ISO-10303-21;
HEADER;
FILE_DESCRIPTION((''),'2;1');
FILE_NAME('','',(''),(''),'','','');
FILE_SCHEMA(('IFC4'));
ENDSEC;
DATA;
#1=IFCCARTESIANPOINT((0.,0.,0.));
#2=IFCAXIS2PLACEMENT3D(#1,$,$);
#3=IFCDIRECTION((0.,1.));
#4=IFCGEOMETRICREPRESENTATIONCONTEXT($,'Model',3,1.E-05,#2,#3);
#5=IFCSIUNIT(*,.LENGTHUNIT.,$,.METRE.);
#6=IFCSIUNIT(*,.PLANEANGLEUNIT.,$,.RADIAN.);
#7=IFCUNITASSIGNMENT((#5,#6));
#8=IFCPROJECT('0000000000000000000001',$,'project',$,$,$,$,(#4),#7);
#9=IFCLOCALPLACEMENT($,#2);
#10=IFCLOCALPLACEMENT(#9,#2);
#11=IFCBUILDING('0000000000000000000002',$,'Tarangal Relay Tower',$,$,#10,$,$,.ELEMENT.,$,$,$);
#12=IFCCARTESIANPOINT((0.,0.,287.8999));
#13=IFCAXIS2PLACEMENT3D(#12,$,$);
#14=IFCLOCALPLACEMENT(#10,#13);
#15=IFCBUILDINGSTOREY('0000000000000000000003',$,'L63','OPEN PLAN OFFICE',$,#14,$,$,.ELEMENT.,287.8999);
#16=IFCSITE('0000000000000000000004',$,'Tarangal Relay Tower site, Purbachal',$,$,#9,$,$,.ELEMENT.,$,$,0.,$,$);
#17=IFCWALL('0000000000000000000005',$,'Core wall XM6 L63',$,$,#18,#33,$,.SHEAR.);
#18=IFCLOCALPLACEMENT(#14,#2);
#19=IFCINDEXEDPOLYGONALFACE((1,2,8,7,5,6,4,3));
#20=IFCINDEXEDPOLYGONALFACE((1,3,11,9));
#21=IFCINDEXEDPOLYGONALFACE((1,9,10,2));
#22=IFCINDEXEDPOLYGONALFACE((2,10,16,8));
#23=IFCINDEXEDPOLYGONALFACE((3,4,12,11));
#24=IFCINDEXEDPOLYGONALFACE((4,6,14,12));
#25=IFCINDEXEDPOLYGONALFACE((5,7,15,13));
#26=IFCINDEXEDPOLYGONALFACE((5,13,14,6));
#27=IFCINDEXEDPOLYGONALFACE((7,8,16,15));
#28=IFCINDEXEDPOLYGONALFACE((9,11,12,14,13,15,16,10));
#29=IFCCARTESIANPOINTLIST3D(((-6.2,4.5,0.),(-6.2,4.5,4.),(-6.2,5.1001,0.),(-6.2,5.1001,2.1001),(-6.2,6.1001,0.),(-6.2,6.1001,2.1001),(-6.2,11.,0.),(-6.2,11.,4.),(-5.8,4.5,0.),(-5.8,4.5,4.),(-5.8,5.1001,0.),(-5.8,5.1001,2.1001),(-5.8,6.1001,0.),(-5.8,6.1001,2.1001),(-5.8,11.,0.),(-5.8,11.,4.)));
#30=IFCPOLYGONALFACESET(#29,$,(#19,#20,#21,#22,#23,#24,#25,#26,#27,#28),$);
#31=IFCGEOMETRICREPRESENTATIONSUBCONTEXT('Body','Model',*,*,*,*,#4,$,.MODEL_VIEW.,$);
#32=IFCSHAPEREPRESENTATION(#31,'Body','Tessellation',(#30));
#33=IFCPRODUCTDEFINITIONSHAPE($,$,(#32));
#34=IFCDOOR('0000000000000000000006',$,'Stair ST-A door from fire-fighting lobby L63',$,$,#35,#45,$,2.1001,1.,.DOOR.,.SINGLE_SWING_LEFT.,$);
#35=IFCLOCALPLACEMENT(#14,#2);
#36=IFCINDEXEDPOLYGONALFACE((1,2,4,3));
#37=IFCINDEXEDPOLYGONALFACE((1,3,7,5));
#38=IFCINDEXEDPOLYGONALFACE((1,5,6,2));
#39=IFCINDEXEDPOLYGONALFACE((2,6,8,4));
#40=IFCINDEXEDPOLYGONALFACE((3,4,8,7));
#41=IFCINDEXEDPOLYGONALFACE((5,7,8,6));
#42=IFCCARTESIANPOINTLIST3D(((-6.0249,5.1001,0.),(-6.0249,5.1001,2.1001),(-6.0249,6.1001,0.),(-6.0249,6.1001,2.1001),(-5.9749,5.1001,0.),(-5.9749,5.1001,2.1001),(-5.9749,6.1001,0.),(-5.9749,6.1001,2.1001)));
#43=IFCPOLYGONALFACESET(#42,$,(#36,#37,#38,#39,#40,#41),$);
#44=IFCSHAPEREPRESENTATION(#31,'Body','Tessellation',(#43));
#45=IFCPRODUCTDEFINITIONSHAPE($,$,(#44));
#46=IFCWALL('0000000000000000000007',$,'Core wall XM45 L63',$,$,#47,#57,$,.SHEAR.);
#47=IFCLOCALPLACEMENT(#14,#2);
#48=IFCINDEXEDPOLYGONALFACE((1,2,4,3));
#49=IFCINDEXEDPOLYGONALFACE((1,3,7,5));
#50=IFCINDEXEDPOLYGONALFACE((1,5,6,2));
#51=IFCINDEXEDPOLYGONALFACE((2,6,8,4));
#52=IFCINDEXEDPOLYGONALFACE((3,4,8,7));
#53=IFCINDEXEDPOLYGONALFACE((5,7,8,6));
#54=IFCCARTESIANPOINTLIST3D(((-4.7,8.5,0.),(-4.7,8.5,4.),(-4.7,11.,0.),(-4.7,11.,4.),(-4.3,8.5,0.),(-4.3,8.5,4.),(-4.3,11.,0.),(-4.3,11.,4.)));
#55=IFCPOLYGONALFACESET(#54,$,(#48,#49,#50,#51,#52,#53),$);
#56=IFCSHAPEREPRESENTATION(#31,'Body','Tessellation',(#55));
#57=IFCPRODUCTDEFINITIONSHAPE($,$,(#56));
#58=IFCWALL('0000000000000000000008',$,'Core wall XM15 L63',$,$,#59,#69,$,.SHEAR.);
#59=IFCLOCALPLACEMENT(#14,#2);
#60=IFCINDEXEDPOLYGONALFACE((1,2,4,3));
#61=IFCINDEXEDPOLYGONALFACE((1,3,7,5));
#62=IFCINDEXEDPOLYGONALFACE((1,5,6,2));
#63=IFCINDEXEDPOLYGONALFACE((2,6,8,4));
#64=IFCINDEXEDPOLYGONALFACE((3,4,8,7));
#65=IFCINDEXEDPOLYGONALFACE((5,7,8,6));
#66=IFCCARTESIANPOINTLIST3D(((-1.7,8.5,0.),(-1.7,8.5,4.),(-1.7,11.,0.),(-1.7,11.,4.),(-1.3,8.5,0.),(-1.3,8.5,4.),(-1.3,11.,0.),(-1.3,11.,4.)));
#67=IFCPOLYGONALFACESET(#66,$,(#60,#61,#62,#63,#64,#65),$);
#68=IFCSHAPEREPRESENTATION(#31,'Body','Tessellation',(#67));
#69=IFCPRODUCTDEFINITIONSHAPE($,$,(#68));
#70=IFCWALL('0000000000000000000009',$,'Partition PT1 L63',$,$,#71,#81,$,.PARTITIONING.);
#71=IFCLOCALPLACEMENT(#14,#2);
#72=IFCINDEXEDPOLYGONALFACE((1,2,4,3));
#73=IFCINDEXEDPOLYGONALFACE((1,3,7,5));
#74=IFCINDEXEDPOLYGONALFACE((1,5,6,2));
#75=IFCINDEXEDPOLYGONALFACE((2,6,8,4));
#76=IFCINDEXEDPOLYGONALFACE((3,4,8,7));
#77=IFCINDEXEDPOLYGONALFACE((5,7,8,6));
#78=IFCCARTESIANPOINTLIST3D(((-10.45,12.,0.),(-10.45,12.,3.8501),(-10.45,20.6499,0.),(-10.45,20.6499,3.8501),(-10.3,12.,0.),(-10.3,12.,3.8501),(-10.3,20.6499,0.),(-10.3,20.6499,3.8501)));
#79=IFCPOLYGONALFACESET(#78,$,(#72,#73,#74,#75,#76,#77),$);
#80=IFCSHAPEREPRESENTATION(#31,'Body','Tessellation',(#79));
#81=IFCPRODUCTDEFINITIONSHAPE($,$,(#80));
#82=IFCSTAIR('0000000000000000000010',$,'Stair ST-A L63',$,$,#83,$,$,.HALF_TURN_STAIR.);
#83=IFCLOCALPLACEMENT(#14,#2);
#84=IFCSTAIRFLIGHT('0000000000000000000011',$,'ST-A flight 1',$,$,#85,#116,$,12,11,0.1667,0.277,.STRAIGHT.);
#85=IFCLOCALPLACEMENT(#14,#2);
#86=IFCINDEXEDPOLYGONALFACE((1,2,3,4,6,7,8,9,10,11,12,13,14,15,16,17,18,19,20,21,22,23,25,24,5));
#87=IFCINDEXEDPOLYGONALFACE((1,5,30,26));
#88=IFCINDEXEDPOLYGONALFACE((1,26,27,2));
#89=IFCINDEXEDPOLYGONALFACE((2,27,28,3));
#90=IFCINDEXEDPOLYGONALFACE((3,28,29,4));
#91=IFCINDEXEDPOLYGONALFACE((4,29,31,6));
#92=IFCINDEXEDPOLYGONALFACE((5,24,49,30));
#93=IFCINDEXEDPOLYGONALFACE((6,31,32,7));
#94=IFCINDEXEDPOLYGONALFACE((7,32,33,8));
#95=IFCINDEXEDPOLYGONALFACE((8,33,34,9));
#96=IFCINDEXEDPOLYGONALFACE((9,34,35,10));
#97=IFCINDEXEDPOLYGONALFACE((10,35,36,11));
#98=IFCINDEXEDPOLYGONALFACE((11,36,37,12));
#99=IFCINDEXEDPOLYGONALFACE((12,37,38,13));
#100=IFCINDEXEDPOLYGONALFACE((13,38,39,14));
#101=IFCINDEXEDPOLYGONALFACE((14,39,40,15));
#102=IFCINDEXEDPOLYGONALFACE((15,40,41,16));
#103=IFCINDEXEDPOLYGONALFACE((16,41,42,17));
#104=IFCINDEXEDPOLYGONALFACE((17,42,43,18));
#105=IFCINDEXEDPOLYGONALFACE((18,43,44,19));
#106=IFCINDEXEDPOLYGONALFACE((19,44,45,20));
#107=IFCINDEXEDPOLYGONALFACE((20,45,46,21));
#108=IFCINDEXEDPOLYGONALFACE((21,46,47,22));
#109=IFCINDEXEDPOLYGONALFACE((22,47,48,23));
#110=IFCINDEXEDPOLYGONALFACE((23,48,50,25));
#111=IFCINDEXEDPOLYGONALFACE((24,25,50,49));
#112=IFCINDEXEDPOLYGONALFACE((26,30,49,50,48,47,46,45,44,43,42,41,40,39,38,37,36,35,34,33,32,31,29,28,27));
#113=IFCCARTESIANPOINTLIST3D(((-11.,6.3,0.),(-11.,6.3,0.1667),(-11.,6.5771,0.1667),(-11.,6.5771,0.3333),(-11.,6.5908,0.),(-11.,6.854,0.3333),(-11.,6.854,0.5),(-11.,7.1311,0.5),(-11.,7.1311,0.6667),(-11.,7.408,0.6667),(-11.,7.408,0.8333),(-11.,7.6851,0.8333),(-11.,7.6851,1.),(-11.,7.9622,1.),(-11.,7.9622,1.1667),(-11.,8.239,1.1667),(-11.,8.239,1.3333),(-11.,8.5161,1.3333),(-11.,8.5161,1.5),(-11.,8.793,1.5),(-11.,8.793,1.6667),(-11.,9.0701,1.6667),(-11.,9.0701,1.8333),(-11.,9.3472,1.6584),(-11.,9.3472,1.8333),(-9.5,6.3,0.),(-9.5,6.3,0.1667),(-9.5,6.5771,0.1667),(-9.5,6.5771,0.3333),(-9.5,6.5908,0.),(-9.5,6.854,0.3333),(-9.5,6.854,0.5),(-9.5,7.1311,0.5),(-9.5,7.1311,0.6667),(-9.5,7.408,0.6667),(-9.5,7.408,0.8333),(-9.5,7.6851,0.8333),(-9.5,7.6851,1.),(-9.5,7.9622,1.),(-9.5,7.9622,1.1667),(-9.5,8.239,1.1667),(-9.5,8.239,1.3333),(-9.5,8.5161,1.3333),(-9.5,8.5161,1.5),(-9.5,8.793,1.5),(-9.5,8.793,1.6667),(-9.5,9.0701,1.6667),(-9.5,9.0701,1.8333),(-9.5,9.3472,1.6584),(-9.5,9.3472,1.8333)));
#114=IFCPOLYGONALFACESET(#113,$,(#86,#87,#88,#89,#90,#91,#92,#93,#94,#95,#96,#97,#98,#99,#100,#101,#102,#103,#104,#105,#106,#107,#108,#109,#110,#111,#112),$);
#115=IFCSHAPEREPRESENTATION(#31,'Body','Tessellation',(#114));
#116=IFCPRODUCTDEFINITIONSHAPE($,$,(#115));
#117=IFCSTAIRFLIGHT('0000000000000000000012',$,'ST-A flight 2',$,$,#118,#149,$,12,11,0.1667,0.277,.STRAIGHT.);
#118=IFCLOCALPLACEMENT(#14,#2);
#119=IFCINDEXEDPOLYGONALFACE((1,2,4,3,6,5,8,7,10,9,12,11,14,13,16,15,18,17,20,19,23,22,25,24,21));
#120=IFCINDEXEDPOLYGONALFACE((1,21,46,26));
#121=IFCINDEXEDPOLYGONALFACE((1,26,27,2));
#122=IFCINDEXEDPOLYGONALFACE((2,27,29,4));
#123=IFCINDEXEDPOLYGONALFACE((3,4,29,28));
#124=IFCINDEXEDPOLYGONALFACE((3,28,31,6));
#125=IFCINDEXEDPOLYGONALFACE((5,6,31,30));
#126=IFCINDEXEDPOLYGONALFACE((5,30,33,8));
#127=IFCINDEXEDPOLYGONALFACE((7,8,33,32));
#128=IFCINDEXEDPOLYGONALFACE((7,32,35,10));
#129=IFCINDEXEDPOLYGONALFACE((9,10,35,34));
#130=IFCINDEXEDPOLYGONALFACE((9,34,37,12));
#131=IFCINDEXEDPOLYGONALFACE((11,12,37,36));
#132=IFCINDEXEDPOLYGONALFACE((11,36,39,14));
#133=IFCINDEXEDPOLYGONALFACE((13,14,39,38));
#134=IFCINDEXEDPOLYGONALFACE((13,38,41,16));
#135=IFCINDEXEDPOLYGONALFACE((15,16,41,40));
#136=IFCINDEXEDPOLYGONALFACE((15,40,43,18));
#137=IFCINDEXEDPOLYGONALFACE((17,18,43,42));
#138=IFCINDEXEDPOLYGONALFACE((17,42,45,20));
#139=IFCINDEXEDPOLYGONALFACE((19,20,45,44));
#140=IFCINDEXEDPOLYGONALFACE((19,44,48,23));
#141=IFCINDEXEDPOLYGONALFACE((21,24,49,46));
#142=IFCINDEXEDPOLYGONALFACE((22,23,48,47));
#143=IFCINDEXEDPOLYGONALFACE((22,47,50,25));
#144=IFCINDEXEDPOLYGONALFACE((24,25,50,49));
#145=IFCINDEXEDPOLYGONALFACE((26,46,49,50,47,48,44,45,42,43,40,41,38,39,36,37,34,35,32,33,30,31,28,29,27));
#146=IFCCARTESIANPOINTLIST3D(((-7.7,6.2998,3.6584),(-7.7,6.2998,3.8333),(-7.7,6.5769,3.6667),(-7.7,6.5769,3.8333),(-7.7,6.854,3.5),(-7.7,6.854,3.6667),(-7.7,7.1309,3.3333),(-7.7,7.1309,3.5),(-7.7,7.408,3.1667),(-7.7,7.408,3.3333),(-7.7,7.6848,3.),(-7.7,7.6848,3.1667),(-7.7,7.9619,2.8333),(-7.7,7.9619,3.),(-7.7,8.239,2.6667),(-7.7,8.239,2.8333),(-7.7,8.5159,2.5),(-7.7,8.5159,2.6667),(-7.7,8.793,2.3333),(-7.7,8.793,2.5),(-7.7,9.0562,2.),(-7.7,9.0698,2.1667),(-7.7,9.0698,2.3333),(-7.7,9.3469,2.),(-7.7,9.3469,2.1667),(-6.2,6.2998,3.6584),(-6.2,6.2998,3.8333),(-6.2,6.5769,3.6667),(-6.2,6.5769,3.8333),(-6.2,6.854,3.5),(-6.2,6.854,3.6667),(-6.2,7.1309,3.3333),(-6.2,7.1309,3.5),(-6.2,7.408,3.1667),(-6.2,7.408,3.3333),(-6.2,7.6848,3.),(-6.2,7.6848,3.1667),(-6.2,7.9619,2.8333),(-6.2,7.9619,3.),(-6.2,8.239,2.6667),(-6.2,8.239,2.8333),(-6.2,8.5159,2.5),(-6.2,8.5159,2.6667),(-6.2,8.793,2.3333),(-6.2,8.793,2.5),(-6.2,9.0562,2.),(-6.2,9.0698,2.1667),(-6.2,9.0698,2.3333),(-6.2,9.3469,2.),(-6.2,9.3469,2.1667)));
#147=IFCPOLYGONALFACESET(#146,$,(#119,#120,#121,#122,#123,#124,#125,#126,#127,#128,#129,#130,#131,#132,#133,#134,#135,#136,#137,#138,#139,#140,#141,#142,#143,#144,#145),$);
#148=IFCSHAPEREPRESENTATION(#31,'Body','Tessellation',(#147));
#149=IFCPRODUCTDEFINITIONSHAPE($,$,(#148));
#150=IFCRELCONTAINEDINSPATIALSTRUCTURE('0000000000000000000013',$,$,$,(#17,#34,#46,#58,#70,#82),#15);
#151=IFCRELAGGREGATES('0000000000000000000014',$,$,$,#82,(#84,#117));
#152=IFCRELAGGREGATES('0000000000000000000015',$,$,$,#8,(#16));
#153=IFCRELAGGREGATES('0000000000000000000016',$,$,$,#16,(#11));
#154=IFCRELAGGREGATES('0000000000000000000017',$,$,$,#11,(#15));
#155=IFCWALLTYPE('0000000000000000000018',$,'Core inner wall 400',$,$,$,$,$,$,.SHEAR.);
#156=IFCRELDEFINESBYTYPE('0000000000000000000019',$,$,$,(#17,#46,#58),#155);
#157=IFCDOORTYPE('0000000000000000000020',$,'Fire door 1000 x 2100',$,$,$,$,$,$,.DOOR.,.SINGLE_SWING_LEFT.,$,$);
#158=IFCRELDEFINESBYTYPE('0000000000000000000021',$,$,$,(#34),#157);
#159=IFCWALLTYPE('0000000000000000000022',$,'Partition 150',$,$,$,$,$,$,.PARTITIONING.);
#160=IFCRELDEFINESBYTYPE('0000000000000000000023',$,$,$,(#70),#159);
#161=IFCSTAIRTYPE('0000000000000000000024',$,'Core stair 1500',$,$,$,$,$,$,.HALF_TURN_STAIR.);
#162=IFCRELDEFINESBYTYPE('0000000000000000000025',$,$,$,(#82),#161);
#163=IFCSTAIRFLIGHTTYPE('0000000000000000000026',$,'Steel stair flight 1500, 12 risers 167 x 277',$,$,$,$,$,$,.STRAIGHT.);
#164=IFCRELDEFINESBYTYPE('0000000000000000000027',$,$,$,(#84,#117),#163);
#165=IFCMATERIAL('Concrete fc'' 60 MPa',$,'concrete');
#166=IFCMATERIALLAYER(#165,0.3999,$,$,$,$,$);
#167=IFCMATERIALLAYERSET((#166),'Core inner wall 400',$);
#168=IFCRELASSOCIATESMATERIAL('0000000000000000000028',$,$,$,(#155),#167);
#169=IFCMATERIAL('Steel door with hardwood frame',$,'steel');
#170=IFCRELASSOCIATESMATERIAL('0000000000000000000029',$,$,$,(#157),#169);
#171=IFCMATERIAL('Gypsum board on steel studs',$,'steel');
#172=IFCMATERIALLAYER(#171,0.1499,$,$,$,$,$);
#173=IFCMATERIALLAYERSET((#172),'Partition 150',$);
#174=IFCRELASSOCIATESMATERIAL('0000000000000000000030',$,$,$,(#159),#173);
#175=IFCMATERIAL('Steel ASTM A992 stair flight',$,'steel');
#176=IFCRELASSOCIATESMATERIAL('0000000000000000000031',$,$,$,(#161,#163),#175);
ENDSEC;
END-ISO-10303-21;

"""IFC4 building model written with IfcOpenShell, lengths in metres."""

from ifc_helpers import new_model, si_unit, direction, frame, frame_2d, origin, place, context, subcontext, project, spatial, polyline, rectangle, outline, extrude, material, layer, layer_set, type_object, element, fill, aggregate, save


model = new_model("IFC4")

# Units and contexts
model_context = context("Model", 3, precision=1e-05, world=origin(), true_north=direction((0.0, 1.0)))
body_context = subcontext(model_context, "Body", "Model", "MODEL_VIEW")
ifc_project = project(units=[si_unit("LENGTHUNIT", "METRE"), si_unit("PLANEANGLEUNIT", "RADIAN")], contexts=[model_context])

# Site, building, storey
site_placement = place(None, origin())
site = spatial("IfcSite", under=ifc_project, at=site_placement, Name="Tarangal Relay Tower site, Purbachal", CompositionType="ELEMENT", RefElevation=0.0)
building_placement = place(site_placement, origin())
building = spatial("IfcBuilding", under=site, at=building_placement, Name="Tarangal Relay Tower", CompositionType="ELEMENT")
storey_placement = place(building_placement, frame((0.0, 0.0, 287.8999)))
storey = spatial("IfcBuildingStorey", under=building, at=storey_placement, Name="L63", Description="OPEN PLAN OFFICE", CompositionType="ELEMENT", Elevation=287.8999)

# Shared definitions
ifc_material_1 = material(Name="Concrete fc' 60 MPa", Category="concrete")
ifc_layer_1 = layer(ifc_material_1, 0.3999)
ifc_layer_set_1 = layer_set([ifc_layer_1], Name="Core inner wall 400")
wall_type_1 = type_object("IfcWallType", Name="Core inner wall 400", PredefinedType="SHEAR", material=ifc_layer_set_1)
ifc_material_2 = material(Name="Steel door with hardwood frame", Category="steel")

# Wall, opening, door
wall_1_placement = place(storey_placement, frame((-6.0, 4.5, 0.0), z_axis=(0.0, 0.0, 1.0), x_axis=(0.0, 1.0, 0.0)))
wall_1 = element("IfcWall", 1, at=wall_1_placement, inside=storey, type_object=wall_type_1, Name="Core wall XM6 L63", PredefinedType="SHEAR", context=body_context, shape_type="SweptSolid", body=[
    extrude(rectangle(XDim=6.5, YDim=0.3999, at=frame_2d((3.25, 0.0))), origin(), (0.0, 0.0, 1.0), 4.0),
])
opening_1_placement = place(wall_1_placement, frame((0.6001, 0.0, 0.0)))
opening_1 = element("IfcOpeningElement", 2, at=opening_1_placement, cuts=wall_1, PredefinedType="OPENING", context=body_context, shape_type="SweptSolid", body=[
    extrude(rectangle(XDim=1.0, YDim=2.1001, at=frame_2d((0.5, 1.05))), frame((0.0, 0.21, 0.0), z_axis=(0.0, -1.0, 0.0), x_axis=(1.0, 0.0, 0.0)), (0.0, 0.0, 1.0), 0.4199),
])
door_type_1 = type_object("IfcDoorType", Name="Fire door 1000 x 2100", OperationType="SINGLE_SWING_LEFT", PredefinedType="DOOR", material=ifc_material_2)
door_1_placement = place(opening_1_placement, origin())
door_1 = element("IfcDoor", 3, at=door_1_placement, inside=storey, type_object=door_type_1, Name="Stair ST-A door from fire-fighting lobby L63", OperationType="SINGLE_SWING_LEFT", OverallHeight=2.1001, OverallWidth=1.0, PredefinedType="DOOR", context=body_context, shape_type="SweptSolid", body=[
    extrude(rectangle(XDim=1.0, YDim=2.1001, at=frame_2d((0.5, 1.05))), frame((0.0, 0.0249, 0.0), z_axis=(0.0, -1.0, 0.0), x_axis=(1.0, 0.0, 0.0)), (0.0, 0.0, 1.0), 0.05),
])
fill(opening_1, door_1)

# Walls
for number, where, z_axis, x_axis, name in (
    (4, (-4.5, 8.5, 0.0), (0.0, 0.0, 1.0), (0.0, 1.0, 0.0), "Core wall XM45 L63"),
    (5, (-1.5, 8.5, 0.0), (0.0, 0.0, 1.0), (0.0, 1.0, 0.0), "Core wall XM15 L63"),
):
    element("IfcWall", number, at=place(storey_placement, frame(where, z_axis=z_axis, x_axis=x_axis)), inside=storey, type_object=wall_type_1, Name=name, PredefinedType="SHEAR", context=body_context, shape_type="SweptSolid", body=[
        extrude(rectangle(XDim=2.5, YDim=0.3999, at=frame_2d((1.25, 0.0))), origin(), (0.0, 0.0, 1.0), 4.0),
    ])
ifc_material_3 = material(Name="Gypsum board on steel studs", Category="steel")
ifc_layer_2 = layer(ifc_material_3, 0.1499)
ifc_layer_set_2 = layer_set([ifc_layer_2], Name="Partition 150")
wall_type_2 = type_object("IfcWallType", Name="Partition 150", PredefinedType="PARTITIONING", material=ifc_layer_set_2)
wall_2_placement = place(storey_placement, frame((-10.375, 12.0, 0.0), z_axis=(0.0, 0.0, 1.0), x_axis=(0.0, 1.0, 0.0)))
element("IfcWall", 6, at=wall_2_placement, inside=storey, type_object=wall_type_2, Name="Partition PT1 L63", PredefinedType="PARTITIONING", context=body_context, shape_type="SweptSolid", body=[
    extrude(rectangle(XDim=8.6499, YDim=0.1499, at=frame_2d((4.325, 0.0))), origin(), (0.0, 0.0, 1.0), 3.8501),
])

# Stair, stair flights
ifc_material_4 = material(Name="Steel ASTM A992 stair flight", Category="steel")
stair_type = type_object("IfcStairType", Name="Core stair 1500", PredefinedType="HALF_TURN_STAIR", material=ifc_material_4)
stair_placement = place(storey_placement, origin())
stair = element("IfcStair", 7, at=stair_placement, inside=storey, type_object=stair_type, Name="Stair ST-A L63", PredefinedType="HALF_TURN_STAIR")
stair_flight_type = type_object("IfcStairFlightType", Name="Steel stair flight 1500, 12 risers 167 x 277", PredefinedType="STRAIGHT", material=ifc_material_4)
stair_flight_1_placement = place(storey_placement, frame((-10.25, 6.3, 0.0), z_axis=(0.0, 0.0, 1.0), x_axis=(0.0, 1.0, 0.0)))
stair_flight_1 = element("IfcStairFlight", 8, at=stair_flight_1_placement, type_object=stair_flight_type, Name="ST-A flight 1", NumberOfRisers=12, NumberOfTreads=11, PredefinedType="STRAIGHT", RiserHeight=0.1667, TreadLength=0.277, context=body_context, shape_type="SweptSolid", body=[
    extrude(outline(polyline([(0.0, 0.0), (0.0, 0.1667), (0.2771, 0.1667), (0.2771, 0.3333), (0.554, 0.3333), (0.554, 0.5), (0.8311, 0.5), (0.8311, 0.6667), (1.1079, 0.6667), (1.1079, 0.8333), (1.385, 0.8333), (1.385, 1.0), (1.6621, 1.0), (1.6621, 1.1667), (1.939, 1.1667), (1.939, 1.3333), (2.2161, 1.3333), (2.2161, 1.5), (2.4929, 1.5), (2.4929, 1.6667), (2.77, 1.6667), (2.77, 1.8333), (3.0471, 1.8333), (3.0471, 2.0), (3.0471, 1.6584), (0.2908, 0.0), (0.0, 0.0)])), frame((0.0, 0.75, 0.0), z_axis=(0.0, -1.0, 0.0), x_axis=(1.0, 0.0, 0.0)), (0.0, 0.0, 1.0), 1.5),
])
stair_flight_2_placement = place(storey_placement, frame((-6.95, 9.3469, 2.0), z_axis=(0.0, 0.0, 1.0), x_axis=(0.0, -1.0, 0.0)))
stair_flight_2 = element("IfcStairFlight", 9, at=stair_flight_2_placement, type_object=stair_flight_type, Name="ST-A flight 2", NumberOfRisers=12, NumberOfTreads=11, PredefinedType="STRAIGHT", RiserHeight=0.1667, TreadLength=0.277, context=body_context, shape_type="SweptSolid", body=[
    extrude(outline(polyline([(0.0, 0.0), (0.0, 0.1667), (0.2771, 0.1667), (0.2771, 0.3333), (0.554, 0.3333), (0.554, 0.5), (0.8311, 0.5), (0.8311, 0.6667), (1.1079, 0.6667), (1.1079, 0.8333), (1.385, 0.8333), (1.385, 1.0), (1.6621, 1.0), (1.6621, 1.1667), (1.939, 1.1667), (1.939, 1.3333), (2.2161, 1.3333), (2.2161, 1.5), (2.4929, 1.5), (2.4929, 1.6667), (2.77, 1.6667), (2.77, 1.8333), (3.0471, 1.8333), (3.0471, 2.0), (3.0471, 1.6584), (0.2908, 0.0), (0.0, 0.0)])), frame((0.0, 0.75, 0.0), z_axis=(0.0, -1.0, 0.0), x_axis=(1.0, 0.0, 0.0)), (0.0, 0.0, 1.0), 1.5),
])
aggregate(stair, [stair_flight_1, stair_flight_2])

save(model, "model.ifc")
